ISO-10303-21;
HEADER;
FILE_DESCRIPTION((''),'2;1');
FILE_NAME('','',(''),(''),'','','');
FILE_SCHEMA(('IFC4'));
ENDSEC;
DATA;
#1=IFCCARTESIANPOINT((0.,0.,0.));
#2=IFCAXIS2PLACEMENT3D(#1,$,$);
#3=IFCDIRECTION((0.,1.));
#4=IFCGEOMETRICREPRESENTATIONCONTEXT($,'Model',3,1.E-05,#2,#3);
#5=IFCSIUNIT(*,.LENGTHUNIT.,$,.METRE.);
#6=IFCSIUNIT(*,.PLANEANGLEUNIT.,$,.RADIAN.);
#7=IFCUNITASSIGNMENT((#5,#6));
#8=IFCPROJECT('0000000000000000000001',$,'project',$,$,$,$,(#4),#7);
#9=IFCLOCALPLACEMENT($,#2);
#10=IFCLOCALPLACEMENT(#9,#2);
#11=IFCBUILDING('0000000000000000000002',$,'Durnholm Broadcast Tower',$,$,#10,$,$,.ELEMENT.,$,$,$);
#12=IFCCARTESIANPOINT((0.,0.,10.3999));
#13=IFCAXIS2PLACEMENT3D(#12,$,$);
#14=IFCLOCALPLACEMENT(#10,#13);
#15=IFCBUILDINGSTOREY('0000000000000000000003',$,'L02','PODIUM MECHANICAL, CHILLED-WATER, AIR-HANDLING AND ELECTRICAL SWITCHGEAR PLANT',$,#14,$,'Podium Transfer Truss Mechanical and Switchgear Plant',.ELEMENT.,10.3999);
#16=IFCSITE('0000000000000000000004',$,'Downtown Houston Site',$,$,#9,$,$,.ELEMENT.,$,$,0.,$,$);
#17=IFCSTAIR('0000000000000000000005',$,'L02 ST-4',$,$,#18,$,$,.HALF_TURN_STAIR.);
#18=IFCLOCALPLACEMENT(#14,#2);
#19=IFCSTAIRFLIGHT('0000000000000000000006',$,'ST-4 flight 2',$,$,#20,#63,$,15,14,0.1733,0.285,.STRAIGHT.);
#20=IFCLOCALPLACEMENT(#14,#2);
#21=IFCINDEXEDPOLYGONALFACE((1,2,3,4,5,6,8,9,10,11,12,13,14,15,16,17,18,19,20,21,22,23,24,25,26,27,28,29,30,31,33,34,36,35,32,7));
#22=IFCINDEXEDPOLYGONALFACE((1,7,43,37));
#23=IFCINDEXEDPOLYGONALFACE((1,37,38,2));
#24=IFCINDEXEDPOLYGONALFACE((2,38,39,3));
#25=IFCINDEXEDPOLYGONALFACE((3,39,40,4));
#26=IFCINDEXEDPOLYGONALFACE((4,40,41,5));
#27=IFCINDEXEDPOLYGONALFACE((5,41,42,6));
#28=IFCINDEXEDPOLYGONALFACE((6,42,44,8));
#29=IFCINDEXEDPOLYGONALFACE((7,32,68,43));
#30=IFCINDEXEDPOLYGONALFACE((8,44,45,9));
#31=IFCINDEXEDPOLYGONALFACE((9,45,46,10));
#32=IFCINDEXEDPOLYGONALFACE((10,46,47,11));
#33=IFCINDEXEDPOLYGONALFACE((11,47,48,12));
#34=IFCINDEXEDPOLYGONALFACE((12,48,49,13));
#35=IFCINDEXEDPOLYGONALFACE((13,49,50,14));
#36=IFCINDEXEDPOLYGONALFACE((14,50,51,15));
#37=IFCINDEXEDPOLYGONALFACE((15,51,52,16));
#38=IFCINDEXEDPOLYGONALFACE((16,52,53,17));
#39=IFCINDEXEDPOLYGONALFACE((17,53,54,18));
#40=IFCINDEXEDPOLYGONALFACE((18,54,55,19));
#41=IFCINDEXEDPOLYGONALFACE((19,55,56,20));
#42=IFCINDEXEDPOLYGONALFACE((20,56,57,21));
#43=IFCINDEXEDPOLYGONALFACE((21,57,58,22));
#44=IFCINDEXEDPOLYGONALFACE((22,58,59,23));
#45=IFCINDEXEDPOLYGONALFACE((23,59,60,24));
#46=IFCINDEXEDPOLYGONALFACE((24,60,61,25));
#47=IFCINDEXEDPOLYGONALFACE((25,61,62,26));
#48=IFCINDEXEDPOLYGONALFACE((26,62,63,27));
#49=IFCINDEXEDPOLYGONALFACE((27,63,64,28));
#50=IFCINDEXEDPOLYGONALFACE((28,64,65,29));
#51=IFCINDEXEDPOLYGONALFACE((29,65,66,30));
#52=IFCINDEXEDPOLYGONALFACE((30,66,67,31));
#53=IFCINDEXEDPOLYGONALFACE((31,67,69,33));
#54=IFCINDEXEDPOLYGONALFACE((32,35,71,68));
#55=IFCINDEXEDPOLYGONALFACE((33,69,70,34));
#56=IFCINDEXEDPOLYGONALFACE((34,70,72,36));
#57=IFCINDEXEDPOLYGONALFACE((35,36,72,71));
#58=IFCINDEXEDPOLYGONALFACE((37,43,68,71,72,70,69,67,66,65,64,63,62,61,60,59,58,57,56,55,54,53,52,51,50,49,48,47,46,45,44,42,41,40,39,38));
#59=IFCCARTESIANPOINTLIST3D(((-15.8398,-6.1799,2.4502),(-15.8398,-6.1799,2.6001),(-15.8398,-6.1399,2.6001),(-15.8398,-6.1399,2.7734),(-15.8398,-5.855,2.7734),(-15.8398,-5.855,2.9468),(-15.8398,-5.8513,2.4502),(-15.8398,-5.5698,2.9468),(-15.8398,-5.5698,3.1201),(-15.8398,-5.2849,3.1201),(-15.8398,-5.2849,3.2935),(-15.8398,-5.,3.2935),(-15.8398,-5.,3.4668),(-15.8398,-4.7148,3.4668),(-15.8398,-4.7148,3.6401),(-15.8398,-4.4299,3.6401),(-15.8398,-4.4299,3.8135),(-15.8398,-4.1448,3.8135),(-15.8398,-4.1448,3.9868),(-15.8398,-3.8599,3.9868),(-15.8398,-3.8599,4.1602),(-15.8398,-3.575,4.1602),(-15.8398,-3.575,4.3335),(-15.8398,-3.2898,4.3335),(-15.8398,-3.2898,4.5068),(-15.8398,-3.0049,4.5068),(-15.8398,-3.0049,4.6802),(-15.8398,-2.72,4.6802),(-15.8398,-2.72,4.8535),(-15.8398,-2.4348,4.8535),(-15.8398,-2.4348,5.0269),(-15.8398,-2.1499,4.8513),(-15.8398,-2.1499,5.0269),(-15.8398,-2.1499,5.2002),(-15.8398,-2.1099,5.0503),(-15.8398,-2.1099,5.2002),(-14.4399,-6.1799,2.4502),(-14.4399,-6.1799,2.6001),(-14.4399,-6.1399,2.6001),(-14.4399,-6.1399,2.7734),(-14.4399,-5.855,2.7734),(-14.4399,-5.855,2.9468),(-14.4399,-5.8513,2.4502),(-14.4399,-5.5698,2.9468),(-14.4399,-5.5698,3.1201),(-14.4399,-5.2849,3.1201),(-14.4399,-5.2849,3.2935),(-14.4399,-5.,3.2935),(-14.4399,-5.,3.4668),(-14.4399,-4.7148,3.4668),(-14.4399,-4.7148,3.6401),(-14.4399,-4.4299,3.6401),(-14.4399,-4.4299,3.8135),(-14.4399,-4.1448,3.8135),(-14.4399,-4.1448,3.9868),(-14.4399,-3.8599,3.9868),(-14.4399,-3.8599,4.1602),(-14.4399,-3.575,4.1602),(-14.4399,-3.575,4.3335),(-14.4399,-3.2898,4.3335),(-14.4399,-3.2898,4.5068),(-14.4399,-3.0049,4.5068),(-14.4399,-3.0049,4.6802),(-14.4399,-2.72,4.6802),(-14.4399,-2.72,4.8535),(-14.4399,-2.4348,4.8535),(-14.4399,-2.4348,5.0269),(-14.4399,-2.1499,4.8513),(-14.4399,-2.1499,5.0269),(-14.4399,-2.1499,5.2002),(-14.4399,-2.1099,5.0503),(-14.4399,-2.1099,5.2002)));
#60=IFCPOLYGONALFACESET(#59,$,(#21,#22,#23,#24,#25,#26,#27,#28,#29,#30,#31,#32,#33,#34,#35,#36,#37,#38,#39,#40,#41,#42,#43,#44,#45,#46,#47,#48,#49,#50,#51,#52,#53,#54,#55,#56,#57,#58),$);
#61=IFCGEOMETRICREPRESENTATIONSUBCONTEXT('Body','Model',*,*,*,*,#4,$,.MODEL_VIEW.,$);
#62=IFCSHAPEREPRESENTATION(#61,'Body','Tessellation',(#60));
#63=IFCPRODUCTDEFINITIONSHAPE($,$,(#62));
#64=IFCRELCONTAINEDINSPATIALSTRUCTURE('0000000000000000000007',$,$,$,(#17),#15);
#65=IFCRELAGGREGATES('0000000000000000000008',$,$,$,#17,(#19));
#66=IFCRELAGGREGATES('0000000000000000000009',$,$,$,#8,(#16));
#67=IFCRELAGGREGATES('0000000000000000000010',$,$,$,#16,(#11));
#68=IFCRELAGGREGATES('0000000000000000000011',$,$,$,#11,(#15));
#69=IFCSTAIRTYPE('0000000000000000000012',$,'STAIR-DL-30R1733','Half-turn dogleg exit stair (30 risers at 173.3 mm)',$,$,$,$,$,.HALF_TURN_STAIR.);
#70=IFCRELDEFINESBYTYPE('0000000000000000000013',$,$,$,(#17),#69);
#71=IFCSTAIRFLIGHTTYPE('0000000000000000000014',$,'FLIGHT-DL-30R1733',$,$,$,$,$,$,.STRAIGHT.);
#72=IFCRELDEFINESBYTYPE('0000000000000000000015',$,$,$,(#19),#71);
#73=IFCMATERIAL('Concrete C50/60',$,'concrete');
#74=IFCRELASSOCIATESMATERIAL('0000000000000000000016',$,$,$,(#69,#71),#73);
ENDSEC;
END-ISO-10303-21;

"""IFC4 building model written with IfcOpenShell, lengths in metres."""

from ifc_helpers import new_model, si_unit, direction, frame, origin, place, context, subcontext, project, spatial, polyline, outline, extrude, material, type_object, element, aggregate, save


model = new_model("IFC4")

# Units and contexts
model_context = context("Model", 3, precision=1e-05, world=origin(), true_north=direction((0.0, 1.0)))
body_context = subcontext(model_context, "Body", "Model", "MODEL_VIEW")
ifc_project = project(units=[si_unit("LENGTHUNIT", "METRE"), si_unit("PLANEANGLEUNIT", "RADIAN")], contexts=[model_context])

# Site, building, storey
site_placement = place(None, origin())
site = spatial("IfcSite", under=ifc_project, at=site_placement, Name="Downtown Houston Site", CompositionType="ELEMENT", RefElevation=0.0)
building_placement = place(site_placement, origin())
building = spatial("IfcBuilding", under=site, at=building_placement, Name="Durnholm Broadcast Tower", CompositionType="ELEMENT")
storey_placement = place(building_placement, frame((0.0, 0.0, 10.3999)))
storey = spatial("IfcBuildingStorey", under=building, at=storey_placement, Name="L02", Description="PODIUM MECHANICAL, CHILLED-WATER, AIR-HANDLING AND ELECTRICAL SWITCHGEAR PLANT", LongName="Podium Transfer Truss Mechanical and Switchgear Plant", CompositionType="ELEMENT", Elevation=10.3999)

# Shared definitions
ifc_material_1 = material(Name="Concrete C50/60", Category="concrete")

# Stair, stair flight
stair_type = type_object("IfcStairType", Name="STAIR-DL-30R1733", Description="Half-turn dogleg exit stair (30 risers at 173.3 mm)", PredefinedType="HALF_TURN_STAIR", material=ifc_material_1)
stair_placement = place(storey_placement, origin())
stair = element("IfcStair", 1, at=stair_placement, inside=storey, type_object=stair_type, Name="L02 ST-4", PredefinedType="HALF_TURN_STAIR")
stair_flight_type = type_object("IfcStairFlightType", Name="FLIGHT-DL-30R1733", PredefinedType="STRAIGHT", material=ifc_material_1)
stair_flight_1_placement = place(storey_placement, frame((-15.1399, -6.1399, 2.6001), z_axis=(0.0, 0.0, 1.0), x_axis=(0.0, 1.0, 0.0)))
stair_flight_1 = element("IfcStairFlight", 2, at=stair_flight_1_placement, type_object=stair_flight_type, Name="ST-4 flight 2", NumberOfRisers=15, NumberOfTreads=14, PredefinedType="STRAIGHT", RiserHeight=0.1733, TreadLength=0.285, context=body_context, shape_type="SweptSolid", body=[
    extrude(outline(polyline([(-0.04, -0.1499), (-0.04, 0.0), (0.0, 0.0), (0.0, 0.1733), (0.2849, 0.1733), (0.2849, 0.3467), (0.5701, 0.3467), (0.5701, 0.52), (0.855, 0.52), (0.855, 0.6934), (1.1399, 0.6934), (1.1399, 0.8667), (1.425, 0.8667), (1.425, 1.04), (1.71, 1.04), (1.71, 1.2134), (1.9951, 1.2134), (1.9951, 1.3867), (2.28, 1.3867), (2.28, 1.5601), (2.5649, 1.5601), (2.5649, 1.7334), (2.8501, 1.7334), (2.8501, 1.9067), (3.135, 1.9067), (3.135, 2.0801), (3.4199, 2.0801), (3.4199, 2.2534), (3.7051, 2.2534), (3.7051, 2.4268), (3.99, 2.4268), (3.99, 2.6001), (4.03, 2.6001), (4.03, 2.4502), (3.99, 2.2512), (0.2886, -0.1499), (-0.04, -0.1499)])), frame((0.0, 0.7, 0.0), z_axis=(0.0, -1.0, 0.0), x_axis=(1.0, 0.0, 0.0)), (0.0, 0.0, 1.0), 1.3999),
])
aggregate(stair, [stair_flight_1])

save(model, "model.ifc")
